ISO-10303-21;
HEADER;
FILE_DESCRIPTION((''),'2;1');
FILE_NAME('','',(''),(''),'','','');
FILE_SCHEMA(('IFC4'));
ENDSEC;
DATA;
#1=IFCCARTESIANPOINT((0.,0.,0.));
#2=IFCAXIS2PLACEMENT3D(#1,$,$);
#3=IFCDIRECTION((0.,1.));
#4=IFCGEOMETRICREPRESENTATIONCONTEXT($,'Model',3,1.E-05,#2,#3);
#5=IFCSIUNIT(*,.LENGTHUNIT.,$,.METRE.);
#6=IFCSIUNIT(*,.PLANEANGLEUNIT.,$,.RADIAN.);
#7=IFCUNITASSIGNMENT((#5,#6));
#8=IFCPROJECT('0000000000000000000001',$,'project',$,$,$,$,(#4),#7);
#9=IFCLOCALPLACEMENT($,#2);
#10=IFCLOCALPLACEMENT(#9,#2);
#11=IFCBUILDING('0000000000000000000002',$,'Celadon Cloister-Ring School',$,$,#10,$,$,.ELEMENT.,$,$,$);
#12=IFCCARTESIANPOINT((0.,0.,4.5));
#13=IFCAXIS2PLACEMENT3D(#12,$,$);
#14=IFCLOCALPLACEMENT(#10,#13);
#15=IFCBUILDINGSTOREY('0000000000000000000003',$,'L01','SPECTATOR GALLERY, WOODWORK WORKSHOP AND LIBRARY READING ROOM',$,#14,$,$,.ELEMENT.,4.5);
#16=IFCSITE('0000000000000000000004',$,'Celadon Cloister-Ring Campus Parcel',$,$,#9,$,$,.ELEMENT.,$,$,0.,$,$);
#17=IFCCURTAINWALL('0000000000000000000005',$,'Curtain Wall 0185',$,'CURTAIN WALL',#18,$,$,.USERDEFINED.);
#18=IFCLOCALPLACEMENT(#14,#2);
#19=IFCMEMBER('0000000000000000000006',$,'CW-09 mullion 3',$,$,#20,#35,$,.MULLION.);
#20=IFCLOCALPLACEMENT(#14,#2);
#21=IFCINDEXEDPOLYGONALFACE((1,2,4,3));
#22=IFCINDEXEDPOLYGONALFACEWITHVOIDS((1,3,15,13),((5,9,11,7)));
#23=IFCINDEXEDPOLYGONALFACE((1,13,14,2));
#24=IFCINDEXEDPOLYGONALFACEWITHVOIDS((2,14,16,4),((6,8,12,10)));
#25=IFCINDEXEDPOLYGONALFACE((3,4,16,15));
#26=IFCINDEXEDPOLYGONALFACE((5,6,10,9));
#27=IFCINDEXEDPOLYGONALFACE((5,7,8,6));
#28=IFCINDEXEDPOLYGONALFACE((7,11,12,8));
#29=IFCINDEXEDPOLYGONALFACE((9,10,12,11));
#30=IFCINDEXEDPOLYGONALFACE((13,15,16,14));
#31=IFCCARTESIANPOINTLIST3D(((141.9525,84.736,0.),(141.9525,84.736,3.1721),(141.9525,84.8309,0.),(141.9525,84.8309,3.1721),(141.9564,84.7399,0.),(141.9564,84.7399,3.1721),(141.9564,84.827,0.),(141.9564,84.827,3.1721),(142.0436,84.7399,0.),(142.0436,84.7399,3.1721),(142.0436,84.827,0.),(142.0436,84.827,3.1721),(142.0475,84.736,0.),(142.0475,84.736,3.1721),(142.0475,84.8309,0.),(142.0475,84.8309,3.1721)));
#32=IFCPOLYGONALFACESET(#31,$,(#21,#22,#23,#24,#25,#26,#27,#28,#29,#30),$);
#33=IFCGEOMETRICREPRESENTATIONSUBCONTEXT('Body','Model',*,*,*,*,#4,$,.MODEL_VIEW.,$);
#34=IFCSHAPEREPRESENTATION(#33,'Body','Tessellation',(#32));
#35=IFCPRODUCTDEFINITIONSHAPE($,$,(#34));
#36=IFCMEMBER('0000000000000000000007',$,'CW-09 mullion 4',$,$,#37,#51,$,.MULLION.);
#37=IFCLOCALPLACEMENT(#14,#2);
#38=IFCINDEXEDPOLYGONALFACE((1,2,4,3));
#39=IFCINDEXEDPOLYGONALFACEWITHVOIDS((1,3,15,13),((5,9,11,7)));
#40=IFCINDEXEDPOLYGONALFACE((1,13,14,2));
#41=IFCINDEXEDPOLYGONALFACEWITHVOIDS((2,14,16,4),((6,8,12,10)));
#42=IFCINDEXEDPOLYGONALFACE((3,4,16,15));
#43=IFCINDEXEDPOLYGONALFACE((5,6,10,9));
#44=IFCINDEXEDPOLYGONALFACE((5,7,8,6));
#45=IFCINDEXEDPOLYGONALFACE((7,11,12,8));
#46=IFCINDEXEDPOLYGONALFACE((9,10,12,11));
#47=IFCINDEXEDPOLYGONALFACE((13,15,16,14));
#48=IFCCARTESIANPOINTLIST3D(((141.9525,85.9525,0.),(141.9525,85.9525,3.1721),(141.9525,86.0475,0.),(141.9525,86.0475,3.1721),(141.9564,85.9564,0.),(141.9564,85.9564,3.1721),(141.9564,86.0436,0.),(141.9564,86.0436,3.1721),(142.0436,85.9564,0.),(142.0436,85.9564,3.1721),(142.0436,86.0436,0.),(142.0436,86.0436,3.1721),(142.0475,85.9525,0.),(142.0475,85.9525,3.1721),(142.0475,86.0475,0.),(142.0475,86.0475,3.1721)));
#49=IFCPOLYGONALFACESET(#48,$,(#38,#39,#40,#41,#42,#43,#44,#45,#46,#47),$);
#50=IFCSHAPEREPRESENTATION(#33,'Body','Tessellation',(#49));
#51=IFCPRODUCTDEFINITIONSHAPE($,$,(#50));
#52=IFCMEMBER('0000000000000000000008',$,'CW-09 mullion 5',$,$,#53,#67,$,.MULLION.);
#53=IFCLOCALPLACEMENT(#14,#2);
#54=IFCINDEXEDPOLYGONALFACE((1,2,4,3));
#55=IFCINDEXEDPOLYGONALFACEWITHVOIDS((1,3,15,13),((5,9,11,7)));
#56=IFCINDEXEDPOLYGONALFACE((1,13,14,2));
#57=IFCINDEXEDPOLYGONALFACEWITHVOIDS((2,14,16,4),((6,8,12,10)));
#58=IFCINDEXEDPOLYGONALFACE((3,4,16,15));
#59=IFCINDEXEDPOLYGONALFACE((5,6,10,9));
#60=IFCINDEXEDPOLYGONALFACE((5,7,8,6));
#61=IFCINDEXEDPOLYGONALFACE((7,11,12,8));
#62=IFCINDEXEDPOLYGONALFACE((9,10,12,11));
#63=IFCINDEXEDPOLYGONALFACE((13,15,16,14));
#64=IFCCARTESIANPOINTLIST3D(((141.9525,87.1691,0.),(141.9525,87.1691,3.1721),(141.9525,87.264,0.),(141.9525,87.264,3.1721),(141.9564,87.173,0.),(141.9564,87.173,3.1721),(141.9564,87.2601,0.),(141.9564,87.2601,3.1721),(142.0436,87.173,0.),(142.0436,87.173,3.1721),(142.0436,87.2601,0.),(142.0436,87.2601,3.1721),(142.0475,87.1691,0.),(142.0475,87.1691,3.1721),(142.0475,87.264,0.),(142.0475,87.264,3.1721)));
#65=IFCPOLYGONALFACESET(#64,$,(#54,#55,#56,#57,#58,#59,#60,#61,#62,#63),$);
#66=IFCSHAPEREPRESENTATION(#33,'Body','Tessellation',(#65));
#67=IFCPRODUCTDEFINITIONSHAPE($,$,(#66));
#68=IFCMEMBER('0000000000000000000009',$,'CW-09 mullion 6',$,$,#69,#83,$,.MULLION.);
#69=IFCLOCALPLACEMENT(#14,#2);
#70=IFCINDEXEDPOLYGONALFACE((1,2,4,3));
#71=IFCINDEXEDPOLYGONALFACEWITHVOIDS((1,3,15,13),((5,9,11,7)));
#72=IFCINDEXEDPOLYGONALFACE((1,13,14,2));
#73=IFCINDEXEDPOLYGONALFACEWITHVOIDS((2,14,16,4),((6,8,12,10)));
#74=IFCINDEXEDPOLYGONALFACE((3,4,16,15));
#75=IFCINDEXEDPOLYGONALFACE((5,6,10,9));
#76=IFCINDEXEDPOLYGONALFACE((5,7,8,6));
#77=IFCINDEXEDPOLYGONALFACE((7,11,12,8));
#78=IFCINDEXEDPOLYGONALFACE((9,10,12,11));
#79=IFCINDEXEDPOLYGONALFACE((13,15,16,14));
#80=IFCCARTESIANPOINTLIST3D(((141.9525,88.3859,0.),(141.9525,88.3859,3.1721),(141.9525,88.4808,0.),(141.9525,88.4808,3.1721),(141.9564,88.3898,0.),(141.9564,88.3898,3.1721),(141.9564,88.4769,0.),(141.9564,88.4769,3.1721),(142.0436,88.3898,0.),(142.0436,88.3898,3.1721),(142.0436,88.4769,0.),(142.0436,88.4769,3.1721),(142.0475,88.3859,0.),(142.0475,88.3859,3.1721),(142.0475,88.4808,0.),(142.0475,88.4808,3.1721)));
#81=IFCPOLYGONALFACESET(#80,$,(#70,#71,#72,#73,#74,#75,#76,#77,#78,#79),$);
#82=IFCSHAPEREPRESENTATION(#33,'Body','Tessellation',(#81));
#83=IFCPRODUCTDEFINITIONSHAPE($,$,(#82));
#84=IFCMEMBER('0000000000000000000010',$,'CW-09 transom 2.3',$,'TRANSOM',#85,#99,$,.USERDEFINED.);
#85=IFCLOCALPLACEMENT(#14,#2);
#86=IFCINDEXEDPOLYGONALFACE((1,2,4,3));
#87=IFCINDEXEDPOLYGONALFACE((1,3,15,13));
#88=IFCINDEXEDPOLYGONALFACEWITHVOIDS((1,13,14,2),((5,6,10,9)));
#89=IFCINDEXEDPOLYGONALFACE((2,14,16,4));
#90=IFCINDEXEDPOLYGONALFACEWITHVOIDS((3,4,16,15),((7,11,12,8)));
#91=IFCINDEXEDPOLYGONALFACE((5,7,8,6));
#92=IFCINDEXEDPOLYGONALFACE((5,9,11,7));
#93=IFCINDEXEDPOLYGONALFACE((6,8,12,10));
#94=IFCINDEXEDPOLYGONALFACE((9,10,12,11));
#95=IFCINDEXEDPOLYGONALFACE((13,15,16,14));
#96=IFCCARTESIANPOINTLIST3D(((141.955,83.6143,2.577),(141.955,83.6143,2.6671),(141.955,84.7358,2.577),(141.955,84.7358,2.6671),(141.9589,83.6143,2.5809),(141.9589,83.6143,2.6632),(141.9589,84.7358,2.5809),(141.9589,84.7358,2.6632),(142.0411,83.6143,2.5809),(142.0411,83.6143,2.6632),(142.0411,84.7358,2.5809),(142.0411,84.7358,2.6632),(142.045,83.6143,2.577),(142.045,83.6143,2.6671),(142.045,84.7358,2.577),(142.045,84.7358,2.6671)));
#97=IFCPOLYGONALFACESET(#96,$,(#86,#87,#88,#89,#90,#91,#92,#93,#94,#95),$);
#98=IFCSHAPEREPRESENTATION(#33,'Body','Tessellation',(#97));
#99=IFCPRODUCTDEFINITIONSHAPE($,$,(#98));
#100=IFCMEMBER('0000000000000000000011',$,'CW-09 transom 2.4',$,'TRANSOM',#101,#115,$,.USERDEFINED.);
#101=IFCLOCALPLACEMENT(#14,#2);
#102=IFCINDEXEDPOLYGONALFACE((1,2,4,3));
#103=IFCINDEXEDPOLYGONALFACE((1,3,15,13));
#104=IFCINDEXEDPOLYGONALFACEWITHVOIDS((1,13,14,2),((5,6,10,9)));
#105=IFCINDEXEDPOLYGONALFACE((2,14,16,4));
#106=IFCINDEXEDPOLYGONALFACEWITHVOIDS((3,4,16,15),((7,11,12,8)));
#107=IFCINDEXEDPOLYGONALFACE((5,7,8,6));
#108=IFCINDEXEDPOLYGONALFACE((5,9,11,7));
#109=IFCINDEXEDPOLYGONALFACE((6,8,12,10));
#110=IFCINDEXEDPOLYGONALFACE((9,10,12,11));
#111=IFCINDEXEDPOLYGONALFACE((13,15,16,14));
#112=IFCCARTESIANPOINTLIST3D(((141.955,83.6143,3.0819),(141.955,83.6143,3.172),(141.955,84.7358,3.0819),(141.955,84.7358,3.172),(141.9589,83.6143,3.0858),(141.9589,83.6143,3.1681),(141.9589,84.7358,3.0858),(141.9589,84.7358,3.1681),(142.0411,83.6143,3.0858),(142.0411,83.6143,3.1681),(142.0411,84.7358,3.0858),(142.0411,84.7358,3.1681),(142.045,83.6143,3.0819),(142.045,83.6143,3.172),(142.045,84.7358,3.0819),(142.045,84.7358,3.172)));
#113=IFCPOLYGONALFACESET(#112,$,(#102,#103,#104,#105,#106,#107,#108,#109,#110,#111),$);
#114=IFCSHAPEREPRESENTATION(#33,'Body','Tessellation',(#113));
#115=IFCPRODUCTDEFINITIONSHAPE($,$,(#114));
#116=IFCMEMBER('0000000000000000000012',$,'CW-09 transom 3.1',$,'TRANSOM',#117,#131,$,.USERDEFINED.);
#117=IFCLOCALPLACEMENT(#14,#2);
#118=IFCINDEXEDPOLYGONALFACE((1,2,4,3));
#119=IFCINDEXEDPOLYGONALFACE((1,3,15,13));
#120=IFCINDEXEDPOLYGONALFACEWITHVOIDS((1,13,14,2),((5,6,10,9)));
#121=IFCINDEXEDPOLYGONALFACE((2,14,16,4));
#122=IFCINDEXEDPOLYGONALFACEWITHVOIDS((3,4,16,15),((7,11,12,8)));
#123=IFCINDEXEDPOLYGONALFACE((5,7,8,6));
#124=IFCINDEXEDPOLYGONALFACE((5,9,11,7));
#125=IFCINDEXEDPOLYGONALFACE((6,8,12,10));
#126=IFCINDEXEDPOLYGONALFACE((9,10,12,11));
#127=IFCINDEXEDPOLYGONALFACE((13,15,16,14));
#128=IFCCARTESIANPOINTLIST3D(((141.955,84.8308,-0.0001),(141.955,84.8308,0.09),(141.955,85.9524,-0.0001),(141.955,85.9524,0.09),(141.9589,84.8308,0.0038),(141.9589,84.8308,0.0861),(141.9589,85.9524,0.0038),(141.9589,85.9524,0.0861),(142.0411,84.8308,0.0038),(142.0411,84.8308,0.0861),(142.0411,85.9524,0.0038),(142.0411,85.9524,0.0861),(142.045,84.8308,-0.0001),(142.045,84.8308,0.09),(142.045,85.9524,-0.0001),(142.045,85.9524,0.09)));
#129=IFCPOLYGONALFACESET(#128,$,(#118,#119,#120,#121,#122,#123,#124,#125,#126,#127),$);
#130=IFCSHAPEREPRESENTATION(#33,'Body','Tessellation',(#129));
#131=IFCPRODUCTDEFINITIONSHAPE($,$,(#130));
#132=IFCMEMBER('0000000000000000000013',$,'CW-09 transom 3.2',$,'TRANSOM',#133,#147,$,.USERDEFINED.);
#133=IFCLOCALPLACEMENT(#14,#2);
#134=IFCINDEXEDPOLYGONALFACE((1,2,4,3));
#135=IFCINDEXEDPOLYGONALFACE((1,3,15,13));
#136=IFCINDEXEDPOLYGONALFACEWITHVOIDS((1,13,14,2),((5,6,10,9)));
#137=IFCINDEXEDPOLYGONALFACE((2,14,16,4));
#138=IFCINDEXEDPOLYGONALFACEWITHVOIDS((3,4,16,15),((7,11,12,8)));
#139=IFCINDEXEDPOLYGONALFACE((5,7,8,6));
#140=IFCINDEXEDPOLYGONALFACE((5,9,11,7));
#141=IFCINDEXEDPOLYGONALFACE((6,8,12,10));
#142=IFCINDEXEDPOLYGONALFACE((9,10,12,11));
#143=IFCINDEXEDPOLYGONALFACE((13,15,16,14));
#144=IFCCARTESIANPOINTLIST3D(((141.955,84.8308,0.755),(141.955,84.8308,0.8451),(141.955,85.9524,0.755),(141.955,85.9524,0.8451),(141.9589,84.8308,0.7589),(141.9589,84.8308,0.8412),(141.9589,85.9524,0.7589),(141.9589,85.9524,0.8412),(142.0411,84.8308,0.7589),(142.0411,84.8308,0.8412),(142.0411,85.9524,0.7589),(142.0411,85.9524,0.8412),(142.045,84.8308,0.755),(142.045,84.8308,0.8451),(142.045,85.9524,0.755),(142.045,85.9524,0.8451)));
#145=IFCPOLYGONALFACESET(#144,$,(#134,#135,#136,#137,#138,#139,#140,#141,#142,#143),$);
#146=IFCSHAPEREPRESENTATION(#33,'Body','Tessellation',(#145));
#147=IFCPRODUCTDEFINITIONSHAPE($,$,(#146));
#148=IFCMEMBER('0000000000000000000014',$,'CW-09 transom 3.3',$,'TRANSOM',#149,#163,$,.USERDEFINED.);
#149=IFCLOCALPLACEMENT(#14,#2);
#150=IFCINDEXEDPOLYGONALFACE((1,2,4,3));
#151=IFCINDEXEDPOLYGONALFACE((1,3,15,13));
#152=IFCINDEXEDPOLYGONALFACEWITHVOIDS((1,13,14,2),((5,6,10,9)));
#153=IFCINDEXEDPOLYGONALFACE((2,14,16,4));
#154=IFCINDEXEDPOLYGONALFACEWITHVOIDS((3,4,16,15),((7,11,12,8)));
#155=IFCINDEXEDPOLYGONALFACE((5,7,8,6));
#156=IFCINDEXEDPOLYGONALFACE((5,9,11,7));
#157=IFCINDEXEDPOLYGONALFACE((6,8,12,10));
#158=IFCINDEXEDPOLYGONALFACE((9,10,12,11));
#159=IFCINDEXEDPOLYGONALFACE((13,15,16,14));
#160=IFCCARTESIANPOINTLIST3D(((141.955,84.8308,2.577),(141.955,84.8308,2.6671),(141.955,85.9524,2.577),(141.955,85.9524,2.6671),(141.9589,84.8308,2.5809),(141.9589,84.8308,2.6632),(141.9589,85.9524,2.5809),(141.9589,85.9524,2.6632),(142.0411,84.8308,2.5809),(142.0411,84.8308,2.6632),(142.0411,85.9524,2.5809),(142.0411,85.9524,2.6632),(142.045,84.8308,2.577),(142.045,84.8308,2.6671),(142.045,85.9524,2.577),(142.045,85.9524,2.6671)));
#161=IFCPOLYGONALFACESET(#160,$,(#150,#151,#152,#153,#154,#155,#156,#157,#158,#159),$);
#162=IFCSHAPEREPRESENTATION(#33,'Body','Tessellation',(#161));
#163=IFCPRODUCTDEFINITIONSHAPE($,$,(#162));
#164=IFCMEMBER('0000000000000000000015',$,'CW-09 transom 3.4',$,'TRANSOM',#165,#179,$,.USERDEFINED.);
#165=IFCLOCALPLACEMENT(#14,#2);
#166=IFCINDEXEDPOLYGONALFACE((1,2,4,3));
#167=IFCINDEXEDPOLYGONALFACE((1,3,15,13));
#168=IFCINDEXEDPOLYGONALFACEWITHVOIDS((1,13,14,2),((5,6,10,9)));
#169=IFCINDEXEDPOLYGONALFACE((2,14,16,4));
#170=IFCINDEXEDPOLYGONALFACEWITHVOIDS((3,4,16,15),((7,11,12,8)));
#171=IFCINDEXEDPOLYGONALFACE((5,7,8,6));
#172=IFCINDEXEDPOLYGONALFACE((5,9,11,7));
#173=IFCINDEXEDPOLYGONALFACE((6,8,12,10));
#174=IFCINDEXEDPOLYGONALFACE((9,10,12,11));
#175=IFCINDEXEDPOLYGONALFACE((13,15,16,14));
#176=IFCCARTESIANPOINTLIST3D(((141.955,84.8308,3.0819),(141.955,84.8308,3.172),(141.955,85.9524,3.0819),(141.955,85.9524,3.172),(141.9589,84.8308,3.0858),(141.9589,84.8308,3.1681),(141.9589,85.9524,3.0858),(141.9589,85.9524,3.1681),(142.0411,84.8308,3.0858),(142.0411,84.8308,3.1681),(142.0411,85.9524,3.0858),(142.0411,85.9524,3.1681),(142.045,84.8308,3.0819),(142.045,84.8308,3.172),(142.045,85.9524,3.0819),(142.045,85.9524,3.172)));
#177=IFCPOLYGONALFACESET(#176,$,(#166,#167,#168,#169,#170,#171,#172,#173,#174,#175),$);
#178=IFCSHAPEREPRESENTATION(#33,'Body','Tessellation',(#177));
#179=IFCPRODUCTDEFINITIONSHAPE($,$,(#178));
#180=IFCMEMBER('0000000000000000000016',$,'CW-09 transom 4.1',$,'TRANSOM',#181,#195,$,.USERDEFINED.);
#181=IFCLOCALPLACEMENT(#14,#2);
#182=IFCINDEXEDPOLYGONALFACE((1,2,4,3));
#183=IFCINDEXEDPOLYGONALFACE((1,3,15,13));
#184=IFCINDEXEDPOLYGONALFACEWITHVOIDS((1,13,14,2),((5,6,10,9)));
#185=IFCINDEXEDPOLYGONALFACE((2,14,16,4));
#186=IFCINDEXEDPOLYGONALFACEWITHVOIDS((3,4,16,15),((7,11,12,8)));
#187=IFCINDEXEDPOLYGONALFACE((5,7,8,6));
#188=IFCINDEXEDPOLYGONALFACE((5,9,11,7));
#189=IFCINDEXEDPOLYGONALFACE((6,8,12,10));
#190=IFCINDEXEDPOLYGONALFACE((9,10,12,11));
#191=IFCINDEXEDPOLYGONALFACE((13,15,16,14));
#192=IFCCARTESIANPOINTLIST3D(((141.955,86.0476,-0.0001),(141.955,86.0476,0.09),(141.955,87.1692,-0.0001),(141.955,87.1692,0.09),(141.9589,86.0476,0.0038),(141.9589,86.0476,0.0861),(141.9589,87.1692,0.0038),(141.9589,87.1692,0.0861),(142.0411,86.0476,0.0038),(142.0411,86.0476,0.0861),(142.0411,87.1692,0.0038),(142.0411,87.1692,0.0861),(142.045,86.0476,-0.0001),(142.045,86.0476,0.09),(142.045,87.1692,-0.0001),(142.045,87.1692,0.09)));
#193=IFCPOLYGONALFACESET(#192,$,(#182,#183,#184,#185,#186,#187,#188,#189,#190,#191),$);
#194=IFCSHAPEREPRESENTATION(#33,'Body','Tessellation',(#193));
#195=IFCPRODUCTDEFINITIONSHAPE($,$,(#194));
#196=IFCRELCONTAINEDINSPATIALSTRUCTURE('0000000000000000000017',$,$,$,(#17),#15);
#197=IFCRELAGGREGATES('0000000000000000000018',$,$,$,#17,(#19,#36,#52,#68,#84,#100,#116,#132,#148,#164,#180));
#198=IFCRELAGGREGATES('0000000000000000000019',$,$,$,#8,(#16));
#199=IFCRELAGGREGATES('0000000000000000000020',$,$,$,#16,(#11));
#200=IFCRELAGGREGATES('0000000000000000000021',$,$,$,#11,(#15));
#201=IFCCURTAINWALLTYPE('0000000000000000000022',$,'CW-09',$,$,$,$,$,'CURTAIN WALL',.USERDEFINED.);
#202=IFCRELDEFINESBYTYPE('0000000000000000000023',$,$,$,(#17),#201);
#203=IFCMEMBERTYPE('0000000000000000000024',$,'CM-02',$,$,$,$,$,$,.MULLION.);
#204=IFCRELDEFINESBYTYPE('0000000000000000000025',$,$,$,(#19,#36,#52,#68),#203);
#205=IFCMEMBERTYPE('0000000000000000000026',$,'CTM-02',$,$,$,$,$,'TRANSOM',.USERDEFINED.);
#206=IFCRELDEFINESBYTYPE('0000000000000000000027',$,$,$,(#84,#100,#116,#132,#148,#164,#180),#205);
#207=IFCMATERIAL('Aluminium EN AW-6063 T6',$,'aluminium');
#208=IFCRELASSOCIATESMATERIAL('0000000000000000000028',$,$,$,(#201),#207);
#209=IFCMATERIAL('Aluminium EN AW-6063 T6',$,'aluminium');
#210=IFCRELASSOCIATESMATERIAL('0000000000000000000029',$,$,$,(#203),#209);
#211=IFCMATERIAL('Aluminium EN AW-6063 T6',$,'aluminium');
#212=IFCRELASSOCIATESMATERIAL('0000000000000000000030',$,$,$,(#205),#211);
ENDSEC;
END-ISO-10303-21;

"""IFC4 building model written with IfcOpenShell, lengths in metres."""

from ifc_helpers import new_model, si_unit, direction, frame, origin, origin_2d, place, context, subcontext, project, spatial, hollow_rectangle, extrude, material, material_profile, profile_set, type_object, element, aggregate, save


model = new_model("IFC4")

# Units and contexts
model_context = context("Model", 3, precision=1e-05, world=origin(), true_north=direction((0.0, 1.0)))
body_context = subcontext(model_context, "Body", "Model", "MODEL_VIEW")
ifc_project = project(units=[si_unit("LENGTHUNIT", "METRE"), si_unit("PLANEANGLEUNIT", "RADIAN")], contexts=[model_context])

# Site, building, storey
site_placement = place(None, origin())
site = spatial("IfcSite", under=ifc_project, at=site_placement, Name="Celadon Cloister-Ring Campus Parcel", CompositionType="ELEMENT", RefElevation=0.0)
building_placement = place(site_placement, origin())
building = spatial("IfcBuilding", under=site, at=building_placement, Name="Celadon Cloister-Ring School", CompositionType="ELEMENT")
storey_placement = place(building_placement, frame((0.0, 0.0, 4.5)))
storey = spatial("IfcBuildingStorey", under=building, at=storey_placement, Name="L01", Description="SPECTATOR GALLERY, WOODWORK WORKSHOP AND LIBRARY READING ROOM", CompositionType="ELEMENT", Elevation=4.5)

# Curtain wall, members
ifc_material_1 = material(Name="Aluminium EN AW-6063 T6", Category="aluminium")
curtain_wall_type = type_object("IfcCurtainWallType", Name="CW-09", ElementType="CURTAIN WALL", PredefinedType="USERDEFINED", material=ifc_material_1)
curtain_wall_placement = place(storey_placement, origin())
curtain_wall = element("IfcCurtainWall", 1, at=curtain_wall_placement, inside=storey, type_object=curtain_wall_type, Name="Curtain Wall 0185", ObjectType="CURTAIN WALL", PredefinedType="USERDEFINED")
ifc_material_2 = material(Name="Aluminium EN AW-6063 T6", Category="aluminium")
ifc_material_profile_1 = material_profile(ifc_material_2, hollow_rectangle(XDim=0.095, YDim=0.095, WallThickness=0.0039, at=origin_2d()), Name="RHS95X95X4")
ifc_profile_set_1 = profile_set([ifc_material_profile_1], Name="Aluminium EN AW-6063 T6")
member_type_1 = type_object("IfcMemberType", Name="CM-02", PredefinedType="MULLION", material=ifc_profile_set_1)
member_1_placement = place(storey_placement, frame((142.0, 84.7834, 0.0), z_axis=(0.0, 0.0, 1.0), x_axis=(-1.0, 0.0, 0.0)))
member_1 = element("IfcMember", 2, at=member_1_placement, type_object=member_type_1, Name="CW-09 mullion 3", PredefinedType="MULLION", context=body_context, shape_type="SweptSolid", body=[
    extrude(hollow_rectangle(XDim=0.095, YDim=0.095, WallThickness=0.0039, at=origin_2d()), origin(), (0.0, 0.0, 1.0), 3.1721),
])
member_2_placement = place(storey_placement, frame((142.0, 86.0, 0.0), z_axis=(0.0, 0.0, 1.0), x_axis=(-1.0, 0.0, 0.0)))
member_2 = element("IfcMember", 3, at=member_2_placement, type_object=member_type_1, Name="CW-09 mullion 4", PredefinedType="MULLION", context=body_context, shape_type="SweptSolid", body=[
    extrude(hollow_rectangle(XDim=0.095, YDim=0.095, WallThickness=0.0039, at=origin_2d()), origin(), (0.0, 0.0, 1.0), 3.1721),
])
member_3_placement = place(storey_placement, frame((142.0, 87.2166, 0.0), z_axis=(0.0, 0.0, 1.0), x_axis=(-1.0, 0.0, 0.0)))
member_3 = element("IfcMember", 4, at=member_3_placement, type_object=member_type_1, Name="CW-09 mullion 5", PredefinedType="MULLION", context=body_context, shape_type="SweptSolid", body=[
    extrude(hollow_rectangle(XDim=0.095, YDim=0.095, WallThickness=0.0039, at=origin_2d()), origin(), (0.0, 0.0, 1.0), 3.1721),
])
member_4_placement = place(storey_placement, frame((142.0, 88.4333, 0.0), z_axis=(0.0, 0.0, 1.0), x_axis=(-1.0, 0.0, 0.0)))
member_4 = element("IfcMember", 5, at=member_4_placement, type_object=member_type_1, Name="CW-09 mullion 6", PredefinedType="MULLION", context=body_context, shape_type="SweptSolid", body=[
    extrude(hollow_rectangle(XDim=0.095, YDim=0.095, WallThickness=0.0039, at=origin_2d()), origin(), (0.0, 0.0, 1.0), 3.1721),
])
ifc_material_3 = material(Name="Aluminium EN AW-6063 T6", Category="aluminium")
ifc_material_profile_2 = material_profile(ifc_material_3, hollow_rectangle(XDim=0.0901, YDim=0.0901, WallThickness=0.0039, at=origin_2d()), Name="RHS90X90X4")
ifc_profile_set_2 = profile_set([ifc_material_profile_2], Name="Aluminium EN AW-6063 T6")
member_type_2 = type_object("IfcMemberType", Name="CTM-02", ElementType="TRANSOM", PredefinedType="USERDEFINED", material=ifc_profile_set_2)
member_5_placement = place(storey_placement, frame((142.0, 83.6143, 2.6221), z_axis=(0.0, 1.0, 0.0), x_axis=(-1.0, 0.0, 0.0)))
member_5 = element("IfcMember", 6, at=member_5_placement, type_object=member_type_2, Name="CW-09 transom 2.3", ObjectType="TRANSOM", PredefinedType="USERDEFINED", context=body_context, shape_type="SweptSolid", body=[
    extrude(hollow_rectangle(XDim=0.0901, YDim=0.0901, WallThickness=0.0039, at=origin_2d()), origin(), (0.0, 0.0, 1.0), 1.1216),
])
member_6_placement = place(storey_placement, frame((142.0, 83.6143, 3.127), z_axis=(0.0, 1.0, 0.0), x_axis=(-1.0, 0.0, 0.0)))
member_6 = element("IfcMember", 7, at=member_6_placement, type_object=member_type_2, Name="CW-09 transom 2.4", ObjectType="TRANSOM", PredefinedType="USERDEFINED", context=body_context, shape_type="SweptSolid", body=[
    extrude(hollow_rectangle(XDim=0.0901, YDim=0.0901, WallThickness=0.0039, at=origin_2d()), origin(), (0.0, 0.0, 1.0), 1.1216),
])
member_7_placement = place(storey_placement, frame((142.0, 84.8308, 0.0449), z_axis=(0.0, 1.0, 0.0), x_axis=(-1.0, 0.0, 0.0)))
member_7 = element("IfcMember", 8, at=member_7_placement, type_object=member_type_2, Name="CW-09 transom 3.1", ObjectType="TRANSOM", PredefinedType="USERDEFINED", context=body_context, shape_type="SweptSolid", body=[
    extrude(hollow_rectangle(XDim=0.0901, YDim=0.0901, WallThickness=0.0039, at=origin_2d()), origin(), (0.0, 0.0, 1.0), 1.1216),
])
member_8_placement = place(storey_placement, frame((142.0, 84.8308, 0.8), z_axis=(0.0, 1.0, 0.0), x_axis=(-1.0, 0.0, 0.0)))
member_8 = element("IfcMember", 9, at=member_8_placement, type_object=member_type_2, Name="CW-09 transom 3.2", ObjectType="TRANSOM", PredefinedType="USERDEFINED", context=body_context, shape_type="SweptSolid", body=[
    extrude(hollow_rectangle(XDim=0.0901, YDim=0.0901, WallThickness=0.0039, at=origin_2d()), origin(), (0.0, 0.0, 1.0), 1.1216),
])
member_9_placement = place(storey_placement, frame((142.0, 84.8308, 2.6221), z_axis=(0.0, 1.0, 0.0), x_axis=(-1.0, 0.0, 0.0)))
member_9 = element("IfcMember", 10, at=member_9_placement, type_object=member_type_2, Name="CW-09 transom 3.3", ObjectType="TRANSOM", PredefinedType="USERDEFINED", context=body_context, shape_type="SweptSolid", body=[
    extrude(hollow_rectangle(XDim=0.0901, YDim=0.0901, WallThickness=0.0039, at=origin_2d()), origin(), (0.0, 0.0, 1.0), 1.1216),
])
member_10_placement = place(storey_placement, frame((142.0, 84.8308, 3.127), z_axis=(0.0, 1.0, 0.0), x_axis=(-1.0, 0.0, 0.0)))
member_10 = element("IfcMember", 11, at=member_10_placement, type_object=member_type_2, Name="CW-09 transom 3.4", ObjectType="TRANSOM", PredefinedType="USERDEFINED", context=body_context, shape_type="SweptSolid", body=[
    extrude(hollow_rectangle(XDim=0.0901, YDim=0.0901, WallThickness=0.0039, at=origin_2d()), origin(), (0.0, 0.0, 1.0), 1.1216),
])
member_11_placement = place(storey_placement, frame((142.0, 86.0476, 0.0449), z_axis=(0.0, 1.0, 0.0), x_axis=(-1.0, 0.0, 0.0)))
member_11 = element("IfcMember", 12, at=member_11_placement, type_object=member_type_2, Name="CW-09 transom 4.1", ObjectType="TRANSOM", PredefinedType="USERDEFINED", context=body_context, shape_type="SweptSolid", body=[
    extrude(hollow_rectangle(XDim=0.0901, YDim=0.0901, WallThickness=0.0039, at=origin_2d()), origin(), (0.0, 0.0, 1.0), 1.1216),
])
aggregate(curtain_wall, [member_1, member_2, member_3, member_4, member_5, member_6, member_7, member_8, member_9, member_10, member_11])

save(model, "model.ifc")
